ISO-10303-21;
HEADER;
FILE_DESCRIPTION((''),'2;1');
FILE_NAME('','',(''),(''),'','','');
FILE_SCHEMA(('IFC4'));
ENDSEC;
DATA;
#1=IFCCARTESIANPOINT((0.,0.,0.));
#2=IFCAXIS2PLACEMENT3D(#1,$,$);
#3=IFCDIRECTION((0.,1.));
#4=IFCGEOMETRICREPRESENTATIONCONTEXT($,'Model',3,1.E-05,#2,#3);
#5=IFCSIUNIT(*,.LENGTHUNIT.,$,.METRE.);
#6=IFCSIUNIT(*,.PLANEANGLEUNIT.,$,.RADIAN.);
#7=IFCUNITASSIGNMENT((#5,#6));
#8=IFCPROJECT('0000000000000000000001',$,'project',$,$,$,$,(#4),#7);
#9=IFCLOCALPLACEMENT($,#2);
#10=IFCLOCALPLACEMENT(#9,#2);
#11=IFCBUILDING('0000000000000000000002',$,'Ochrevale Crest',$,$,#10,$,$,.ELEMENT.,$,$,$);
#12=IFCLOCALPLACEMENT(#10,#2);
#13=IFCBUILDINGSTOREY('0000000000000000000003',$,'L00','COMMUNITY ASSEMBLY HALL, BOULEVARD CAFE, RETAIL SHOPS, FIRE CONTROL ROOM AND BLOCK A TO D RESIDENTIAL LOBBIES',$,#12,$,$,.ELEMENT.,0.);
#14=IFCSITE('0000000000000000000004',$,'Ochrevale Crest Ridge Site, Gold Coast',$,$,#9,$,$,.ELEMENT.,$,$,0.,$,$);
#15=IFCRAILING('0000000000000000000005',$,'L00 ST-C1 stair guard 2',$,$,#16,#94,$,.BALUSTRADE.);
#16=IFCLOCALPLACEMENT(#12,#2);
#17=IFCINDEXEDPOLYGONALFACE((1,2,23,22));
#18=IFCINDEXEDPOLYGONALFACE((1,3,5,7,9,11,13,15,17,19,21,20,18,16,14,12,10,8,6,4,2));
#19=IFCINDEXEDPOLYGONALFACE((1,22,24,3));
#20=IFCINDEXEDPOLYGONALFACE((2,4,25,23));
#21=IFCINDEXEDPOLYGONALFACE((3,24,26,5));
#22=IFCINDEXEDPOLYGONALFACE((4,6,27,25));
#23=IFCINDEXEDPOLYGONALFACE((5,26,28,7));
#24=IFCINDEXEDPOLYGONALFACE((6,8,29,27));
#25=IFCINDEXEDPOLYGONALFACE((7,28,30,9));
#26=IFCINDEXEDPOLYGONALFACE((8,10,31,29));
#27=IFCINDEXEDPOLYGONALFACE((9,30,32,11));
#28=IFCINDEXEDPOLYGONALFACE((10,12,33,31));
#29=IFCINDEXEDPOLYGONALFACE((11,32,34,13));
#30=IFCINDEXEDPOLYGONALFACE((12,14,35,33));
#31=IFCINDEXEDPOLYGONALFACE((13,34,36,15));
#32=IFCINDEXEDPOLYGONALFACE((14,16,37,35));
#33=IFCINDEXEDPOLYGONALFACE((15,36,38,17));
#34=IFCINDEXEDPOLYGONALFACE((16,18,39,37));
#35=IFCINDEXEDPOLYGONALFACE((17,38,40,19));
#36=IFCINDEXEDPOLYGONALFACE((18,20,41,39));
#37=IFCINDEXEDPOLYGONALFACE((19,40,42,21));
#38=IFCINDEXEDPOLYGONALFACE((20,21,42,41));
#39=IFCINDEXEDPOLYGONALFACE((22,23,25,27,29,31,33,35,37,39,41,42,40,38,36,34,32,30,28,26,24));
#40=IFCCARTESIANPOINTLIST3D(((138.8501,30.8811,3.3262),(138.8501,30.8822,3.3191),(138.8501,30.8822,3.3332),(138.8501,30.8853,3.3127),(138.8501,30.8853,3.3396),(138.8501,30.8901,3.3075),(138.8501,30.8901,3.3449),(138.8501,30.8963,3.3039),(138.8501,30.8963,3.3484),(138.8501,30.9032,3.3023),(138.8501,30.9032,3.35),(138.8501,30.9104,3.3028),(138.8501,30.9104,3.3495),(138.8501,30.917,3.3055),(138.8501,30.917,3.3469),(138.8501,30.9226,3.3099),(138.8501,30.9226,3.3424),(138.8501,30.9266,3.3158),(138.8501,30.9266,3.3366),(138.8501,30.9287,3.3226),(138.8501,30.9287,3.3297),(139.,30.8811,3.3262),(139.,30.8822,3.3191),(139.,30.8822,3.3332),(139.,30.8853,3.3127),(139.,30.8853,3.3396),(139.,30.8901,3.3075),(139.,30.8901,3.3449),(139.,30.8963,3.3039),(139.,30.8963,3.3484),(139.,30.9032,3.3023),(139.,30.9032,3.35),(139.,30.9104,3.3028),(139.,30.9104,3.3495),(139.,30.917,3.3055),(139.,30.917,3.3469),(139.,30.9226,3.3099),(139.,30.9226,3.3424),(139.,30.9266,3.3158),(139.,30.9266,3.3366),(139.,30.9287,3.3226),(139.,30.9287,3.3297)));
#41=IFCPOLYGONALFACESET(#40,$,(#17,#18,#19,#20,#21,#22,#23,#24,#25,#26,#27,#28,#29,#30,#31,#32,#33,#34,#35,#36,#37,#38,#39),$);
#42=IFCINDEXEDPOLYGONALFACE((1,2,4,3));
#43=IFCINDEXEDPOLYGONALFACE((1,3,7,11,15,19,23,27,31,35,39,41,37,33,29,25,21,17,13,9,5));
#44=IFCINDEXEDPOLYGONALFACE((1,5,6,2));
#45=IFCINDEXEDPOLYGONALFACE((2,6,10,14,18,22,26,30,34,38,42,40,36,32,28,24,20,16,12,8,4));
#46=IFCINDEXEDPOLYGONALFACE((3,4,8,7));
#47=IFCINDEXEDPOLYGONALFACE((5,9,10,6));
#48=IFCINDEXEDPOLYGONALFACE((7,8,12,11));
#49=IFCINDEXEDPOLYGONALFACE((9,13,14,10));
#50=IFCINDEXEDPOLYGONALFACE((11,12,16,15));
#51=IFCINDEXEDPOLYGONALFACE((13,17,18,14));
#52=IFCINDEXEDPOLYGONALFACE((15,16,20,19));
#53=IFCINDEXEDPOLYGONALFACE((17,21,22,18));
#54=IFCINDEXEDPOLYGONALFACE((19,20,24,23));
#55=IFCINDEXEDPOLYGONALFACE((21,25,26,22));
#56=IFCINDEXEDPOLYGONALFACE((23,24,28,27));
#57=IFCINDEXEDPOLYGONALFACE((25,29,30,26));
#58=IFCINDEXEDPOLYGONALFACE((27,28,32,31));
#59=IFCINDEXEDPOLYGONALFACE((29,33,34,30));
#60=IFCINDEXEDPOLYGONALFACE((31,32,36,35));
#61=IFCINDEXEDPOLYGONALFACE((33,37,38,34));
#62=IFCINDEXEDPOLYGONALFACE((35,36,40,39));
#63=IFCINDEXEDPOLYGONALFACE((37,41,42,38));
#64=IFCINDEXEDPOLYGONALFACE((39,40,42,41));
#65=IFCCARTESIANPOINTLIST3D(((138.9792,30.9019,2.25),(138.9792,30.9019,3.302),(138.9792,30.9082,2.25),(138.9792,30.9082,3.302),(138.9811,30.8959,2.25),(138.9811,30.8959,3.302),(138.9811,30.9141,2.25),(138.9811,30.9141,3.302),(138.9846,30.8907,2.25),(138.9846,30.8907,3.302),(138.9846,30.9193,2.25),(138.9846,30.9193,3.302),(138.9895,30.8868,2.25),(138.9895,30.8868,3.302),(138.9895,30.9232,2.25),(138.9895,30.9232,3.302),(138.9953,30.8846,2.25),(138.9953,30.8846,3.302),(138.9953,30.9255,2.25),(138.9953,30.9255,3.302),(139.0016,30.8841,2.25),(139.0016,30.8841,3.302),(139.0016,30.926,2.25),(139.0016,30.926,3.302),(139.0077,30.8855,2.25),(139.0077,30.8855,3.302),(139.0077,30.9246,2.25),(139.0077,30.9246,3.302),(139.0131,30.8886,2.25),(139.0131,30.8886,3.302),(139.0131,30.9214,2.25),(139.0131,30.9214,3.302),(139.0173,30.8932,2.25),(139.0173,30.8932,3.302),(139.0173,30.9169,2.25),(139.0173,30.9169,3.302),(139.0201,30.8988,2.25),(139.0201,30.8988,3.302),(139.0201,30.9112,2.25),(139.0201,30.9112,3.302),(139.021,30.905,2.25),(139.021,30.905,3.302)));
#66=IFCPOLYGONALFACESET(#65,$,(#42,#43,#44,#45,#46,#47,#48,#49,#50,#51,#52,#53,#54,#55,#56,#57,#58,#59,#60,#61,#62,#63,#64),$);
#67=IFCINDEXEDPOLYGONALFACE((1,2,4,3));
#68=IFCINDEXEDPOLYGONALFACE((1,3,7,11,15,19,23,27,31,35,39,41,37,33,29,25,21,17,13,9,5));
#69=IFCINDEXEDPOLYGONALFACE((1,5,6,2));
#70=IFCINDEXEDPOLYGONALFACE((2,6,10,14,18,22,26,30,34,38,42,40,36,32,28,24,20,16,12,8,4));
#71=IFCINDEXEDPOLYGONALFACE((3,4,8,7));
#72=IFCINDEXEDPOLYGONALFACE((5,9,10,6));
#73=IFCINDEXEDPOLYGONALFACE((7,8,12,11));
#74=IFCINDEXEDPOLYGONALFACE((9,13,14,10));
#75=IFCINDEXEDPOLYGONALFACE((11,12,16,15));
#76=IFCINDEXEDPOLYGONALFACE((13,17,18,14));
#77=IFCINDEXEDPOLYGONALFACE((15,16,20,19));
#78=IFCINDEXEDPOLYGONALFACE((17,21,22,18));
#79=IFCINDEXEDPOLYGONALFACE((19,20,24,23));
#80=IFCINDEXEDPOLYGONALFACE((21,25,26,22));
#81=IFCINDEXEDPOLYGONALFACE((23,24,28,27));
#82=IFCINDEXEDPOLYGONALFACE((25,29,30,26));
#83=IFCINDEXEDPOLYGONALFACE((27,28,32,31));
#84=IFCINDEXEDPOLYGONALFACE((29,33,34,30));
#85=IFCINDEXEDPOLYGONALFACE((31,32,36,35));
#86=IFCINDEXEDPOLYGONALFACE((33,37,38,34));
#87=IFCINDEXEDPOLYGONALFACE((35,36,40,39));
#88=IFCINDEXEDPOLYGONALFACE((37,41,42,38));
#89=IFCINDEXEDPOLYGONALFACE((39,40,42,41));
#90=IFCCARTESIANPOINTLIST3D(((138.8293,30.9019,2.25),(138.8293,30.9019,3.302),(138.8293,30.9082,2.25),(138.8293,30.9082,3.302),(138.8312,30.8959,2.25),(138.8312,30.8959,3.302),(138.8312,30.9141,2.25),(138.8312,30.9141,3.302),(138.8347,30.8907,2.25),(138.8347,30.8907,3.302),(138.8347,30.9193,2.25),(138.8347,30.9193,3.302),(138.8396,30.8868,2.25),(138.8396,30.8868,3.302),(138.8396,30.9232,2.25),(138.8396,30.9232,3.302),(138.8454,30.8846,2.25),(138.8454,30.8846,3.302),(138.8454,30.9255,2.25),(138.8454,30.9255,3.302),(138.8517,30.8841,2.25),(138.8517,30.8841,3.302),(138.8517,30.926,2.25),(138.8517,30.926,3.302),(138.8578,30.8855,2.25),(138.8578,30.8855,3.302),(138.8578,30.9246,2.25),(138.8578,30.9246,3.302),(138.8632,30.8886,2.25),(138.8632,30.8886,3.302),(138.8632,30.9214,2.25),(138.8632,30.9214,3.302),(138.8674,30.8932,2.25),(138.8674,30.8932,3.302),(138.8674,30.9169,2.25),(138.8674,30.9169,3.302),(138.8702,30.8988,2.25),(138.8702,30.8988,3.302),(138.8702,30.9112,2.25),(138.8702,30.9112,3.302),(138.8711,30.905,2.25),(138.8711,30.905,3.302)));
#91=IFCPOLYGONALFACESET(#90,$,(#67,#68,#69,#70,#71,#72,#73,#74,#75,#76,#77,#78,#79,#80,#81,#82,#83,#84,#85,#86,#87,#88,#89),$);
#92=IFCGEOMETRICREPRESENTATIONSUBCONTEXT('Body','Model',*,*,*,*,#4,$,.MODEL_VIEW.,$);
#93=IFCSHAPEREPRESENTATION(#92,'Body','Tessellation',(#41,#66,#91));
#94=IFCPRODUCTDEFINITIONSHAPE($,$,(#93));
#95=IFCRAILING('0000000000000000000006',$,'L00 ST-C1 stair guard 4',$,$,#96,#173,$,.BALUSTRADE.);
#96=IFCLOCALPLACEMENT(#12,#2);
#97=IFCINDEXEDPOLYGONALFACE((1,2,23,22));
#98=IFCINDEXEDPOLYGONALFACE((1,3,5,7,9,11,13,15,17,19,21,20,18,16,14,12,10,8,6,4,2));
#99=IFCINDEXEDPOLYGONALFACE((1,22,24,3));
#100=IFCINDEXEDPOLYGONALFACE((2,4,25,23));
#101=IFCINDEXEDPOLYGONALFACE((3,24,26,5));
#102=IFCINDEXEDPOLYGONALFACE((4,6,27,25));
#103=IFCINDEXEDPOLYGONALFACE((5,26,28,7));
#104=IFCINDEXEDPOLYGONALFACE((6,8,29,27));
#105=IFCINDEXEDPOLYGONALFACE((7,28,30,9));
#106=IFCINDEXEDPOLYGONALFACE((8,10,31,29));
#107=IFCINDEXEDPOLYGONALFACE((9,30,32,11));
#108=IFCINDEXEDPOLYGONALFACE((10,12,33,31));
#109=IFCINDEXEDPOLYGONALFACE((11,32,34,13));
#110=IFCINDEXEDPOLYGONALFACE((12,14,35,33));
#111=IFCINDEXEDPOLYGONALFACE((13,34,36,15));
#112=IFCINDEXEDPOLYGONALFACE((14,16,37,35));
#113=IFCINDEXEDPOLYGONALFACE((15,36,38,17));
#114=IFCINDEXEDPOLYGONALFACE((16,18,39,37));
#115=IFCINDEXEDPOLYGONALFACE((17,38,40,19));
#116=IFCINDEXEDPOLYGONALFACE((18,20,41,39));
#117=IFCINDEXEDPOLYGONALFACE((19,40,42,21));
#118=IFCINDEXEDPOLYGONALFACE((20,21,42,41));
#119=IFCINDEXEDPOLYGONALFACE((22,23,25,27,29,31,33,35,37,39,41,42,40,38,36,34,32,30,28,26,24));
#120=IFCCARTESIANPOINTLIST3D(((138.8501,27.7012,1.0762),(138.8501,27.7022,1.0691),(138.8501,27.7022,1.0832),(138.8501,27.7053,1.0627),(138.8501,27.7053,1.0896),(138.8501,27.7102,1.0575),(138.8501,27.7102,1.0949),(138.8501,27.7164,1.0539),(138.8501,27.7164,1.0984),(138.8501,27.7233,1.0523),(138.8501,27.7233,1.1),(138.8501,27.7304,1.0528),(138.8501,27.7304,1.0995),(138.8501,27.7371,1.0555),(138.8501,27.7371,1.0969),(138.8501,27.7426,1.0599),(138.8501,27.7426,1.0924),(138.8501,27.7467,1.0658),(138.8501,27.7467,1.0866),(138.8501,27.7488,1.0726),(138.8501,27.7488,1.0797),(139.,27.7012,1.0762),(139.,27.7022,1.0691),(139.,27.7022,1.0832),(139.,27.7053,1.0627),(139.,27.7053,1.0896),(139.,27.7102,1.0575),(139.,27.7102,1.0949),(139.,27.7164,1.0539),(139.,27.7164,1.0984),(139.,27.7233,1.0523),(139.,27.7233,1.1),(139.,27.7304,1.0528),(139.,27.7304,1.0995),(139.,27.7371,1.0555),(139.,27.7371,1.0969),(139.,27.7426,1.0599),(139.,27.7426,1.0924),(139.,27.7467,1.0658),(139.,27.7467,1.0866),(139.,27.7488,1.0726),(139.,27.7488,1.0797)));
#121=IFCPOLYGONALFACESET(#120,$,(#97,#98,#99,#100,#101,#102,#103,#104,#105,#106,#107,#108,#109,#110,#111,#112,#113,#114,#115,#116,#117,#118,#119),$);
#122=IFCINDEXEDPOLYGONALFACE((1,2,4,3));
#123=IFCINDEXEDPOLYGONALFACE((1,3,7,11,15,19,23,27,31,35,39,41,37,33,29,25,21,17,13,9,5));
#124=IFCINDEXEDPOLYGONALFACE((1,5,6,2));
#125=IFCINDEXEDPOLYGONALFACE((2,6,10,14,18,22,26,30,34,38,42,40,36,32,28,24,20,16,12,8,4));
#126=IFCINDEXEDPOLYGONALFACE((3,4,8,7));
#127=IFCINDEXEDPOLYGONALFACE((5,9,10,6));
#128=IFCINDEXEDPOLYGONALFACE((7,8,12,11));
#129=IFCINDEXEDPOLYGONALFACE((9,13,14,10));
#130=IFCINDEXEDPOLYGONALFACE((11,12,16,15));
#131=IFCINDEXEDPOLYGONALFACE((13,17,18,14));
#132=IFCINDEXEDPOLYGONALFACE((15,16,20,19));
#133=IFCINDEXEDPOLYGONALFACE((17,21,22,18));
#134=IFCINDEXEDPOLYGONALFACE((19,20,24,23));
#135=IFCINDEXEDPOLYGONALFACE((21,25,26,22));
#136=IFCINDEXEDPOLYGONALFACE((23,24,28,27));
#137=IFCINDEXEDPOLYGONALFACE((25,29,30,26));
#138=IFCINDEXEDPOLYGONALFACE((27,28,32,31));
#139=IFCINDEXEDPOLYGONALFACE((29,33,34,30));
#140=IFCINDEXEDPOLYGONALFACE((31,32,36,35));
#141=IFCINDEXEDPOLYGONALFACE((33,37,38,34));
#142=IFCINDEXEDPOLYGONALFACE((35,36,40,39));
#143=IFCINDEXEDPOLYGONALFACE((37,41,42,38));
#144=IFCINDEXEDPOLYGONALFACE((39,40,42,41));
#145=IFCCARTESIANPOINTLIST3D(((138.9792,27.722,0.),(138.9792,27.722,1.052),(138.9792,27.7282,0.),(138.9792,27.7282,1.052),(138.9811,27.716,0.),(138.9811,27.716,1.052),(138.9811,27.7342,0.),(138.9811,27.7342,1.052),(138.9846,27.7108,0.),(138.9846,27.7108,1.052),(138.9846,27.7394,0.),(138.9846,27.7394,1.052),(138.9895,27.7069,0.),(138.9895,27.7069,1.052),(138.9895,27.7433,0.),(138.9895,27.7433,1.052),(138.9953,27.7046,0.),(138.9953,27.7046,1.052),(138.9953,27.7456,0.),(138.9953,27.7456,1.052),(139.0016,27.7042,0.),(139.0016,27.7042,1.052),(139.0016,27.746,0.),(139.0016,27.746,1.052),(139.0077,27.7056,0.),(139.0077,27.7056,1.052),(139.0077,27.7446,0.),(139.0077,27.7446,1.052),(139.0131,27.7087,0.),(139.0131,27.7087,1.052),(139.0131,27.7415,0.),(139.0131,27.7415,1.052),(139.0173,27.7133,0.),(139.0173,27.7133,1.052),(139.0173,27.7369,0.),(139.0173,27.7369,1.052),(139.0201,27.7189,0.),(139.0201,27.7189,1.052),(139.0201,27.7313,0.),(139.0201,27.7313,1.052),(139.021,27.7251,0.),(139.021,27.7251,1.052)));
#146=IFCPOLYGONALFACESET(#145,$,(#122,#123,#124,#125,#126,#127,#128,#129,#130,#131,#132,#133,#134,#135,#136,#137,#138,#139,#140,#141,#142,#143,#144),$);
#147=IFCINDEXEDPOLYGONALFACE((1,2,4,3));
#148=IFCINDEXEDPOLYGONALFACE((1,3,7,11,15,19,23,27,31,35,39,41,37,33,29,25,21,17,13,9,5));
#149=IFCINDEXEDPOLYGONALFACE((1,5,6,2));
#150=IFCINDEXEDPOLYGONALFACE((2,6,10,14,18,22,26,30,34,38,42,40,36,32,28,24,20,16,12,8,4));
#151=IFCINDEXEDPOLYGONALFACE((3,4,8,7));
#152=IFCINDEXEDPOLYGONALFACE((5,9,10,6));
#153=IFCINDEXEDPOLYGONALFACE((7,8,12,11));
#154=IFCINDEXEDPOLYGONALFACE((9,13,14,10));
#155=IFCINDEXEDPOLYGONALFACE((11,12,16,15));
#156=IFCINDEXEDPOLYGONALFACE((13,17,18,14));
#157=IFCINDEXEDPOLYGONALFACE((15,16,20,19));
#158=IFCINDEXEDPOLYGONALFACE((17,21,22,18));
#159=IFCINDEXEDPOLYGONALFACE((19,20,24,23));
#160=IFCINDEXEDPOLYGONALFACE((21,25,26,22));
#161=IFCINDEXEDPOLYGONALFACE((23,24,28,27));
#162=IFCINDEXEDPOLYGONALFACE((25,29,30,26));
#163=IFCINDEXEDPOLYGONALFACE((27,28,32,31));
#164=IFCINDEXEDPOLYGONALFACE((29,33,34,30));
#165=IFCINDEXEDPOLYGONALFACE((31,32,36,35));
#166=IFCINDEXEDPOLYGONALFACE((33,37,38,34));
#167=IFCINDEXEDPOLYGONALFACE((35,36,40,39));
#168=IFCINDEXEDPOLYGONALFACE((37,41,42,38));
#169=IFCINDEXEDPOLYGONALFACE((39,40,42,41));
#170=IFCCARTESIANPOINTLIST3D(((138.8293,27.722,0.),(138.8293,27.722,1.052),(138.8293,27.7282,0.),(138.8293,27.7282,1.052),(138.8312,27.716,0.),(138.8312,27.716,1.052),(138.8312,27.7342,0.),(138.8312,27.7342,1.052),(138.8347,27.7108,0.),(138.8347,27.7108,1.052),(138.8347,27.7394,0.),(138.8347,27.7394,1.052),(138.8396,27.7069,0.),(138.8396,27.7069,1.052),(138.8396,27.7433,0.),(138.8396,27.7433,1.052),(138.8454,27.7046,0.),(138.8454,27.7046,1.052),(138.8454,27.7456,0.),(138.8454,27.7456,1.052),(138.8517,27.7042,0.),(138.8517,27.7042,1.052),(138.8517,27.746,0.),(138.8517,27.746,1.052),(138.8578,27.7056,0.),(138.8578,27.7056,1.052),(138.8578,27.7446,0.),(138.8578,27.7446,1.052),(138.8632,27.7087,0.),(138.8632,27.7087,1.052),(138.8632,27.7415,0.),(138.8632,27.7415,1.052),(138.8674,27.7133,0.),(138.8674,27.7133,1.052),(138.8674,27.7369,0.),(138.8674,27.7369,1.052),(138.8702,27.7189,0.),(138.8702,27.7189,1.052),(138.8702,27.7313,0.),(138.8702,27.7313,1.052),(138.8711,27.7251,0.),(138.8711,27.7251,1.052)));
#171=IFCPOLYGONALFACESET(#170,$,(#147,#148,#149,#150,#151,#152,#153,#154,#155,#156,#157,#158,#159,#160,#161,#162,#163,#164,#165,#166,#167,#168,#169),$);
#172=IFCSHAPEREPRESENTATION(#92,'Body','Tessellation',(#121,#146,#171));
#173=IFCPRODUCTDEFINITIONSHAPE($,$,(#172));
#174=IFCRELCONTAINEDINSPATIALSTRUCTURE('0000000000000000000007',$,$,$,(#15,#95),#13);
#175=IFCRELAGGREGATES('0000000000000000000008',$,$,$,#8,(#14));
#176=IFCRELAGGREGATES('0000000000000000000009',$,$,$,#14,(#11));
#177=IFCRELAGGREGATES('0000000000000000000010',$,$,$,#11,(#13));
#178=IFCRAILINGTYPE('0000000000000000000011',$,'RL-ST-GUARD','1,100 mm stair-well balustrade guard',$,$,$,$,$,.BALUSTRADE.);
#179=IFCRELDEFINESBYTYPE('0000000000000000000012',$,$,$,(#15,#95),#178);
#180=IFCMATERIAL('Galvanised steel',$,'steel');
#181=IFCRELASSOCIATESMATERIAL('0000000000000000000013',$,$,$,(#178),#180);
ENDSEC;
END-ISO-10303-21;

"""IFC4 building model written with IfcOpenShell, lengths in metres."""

from ifc_helpers import new_model, si_unit, direction, frame, origin, origin_2d, place, context, subcontext, project, spatial, circle, extrude, material, type_object, element, save


model = new_model("IFC4")

# Units and contexts
model_context = context("Model", 3, precision=1e-05, world=origin(), true_north=direction((0.0, 1.0)))
body_context = subcontext(model_context, "Body", "Model", "MODEL_VIEW")
ifc_project = project(units=[si_unit("LENGTHUNIT", "METRE"), si_unit("PLANEANGLEUNIT", "RADIAN")], contexts=[model_context])

# Site, building, storey
site_placement = place(None, origin())
site = spatial("IfcSite", under=ifc_project, at=site_placement, Name="Ochrevale Crest Ridge Site, Gold Coast", CompositionType="ELEMENT", RefElevation=0.0)
building_placement = place(site_placement, origin())
building = spatial("IfcBuilding", under=site, at=building_placement, Name="Ochrevale Crest", CompositionType="ELEMENT")
storey_placement = place(building_placement, origin())
storey = spatial("IfcBuildingStorey", under=building, at=storey_placement, Name="L00", Description="COMMUNITY ASSEMBLY HALL, BOULEVARD CAFE, RETAIL SHOPS, FIRE CONTROL ROOM AND BLOCK A TO D RESIDENTIAL LOBBIES", CompositionType="ELEMENT", Elevation=0.0)

# Railings
ifc_material_1 = material(Name="Galvanised steel", Category="steel")
railing_type_1 = type_object("IfcRailingType", Name="RL-ST-GUARD", Description="1,100 mm stair-well balustrade guard", PredefinedType="BALUSTRADE", material=ifc_material_1)
for number, where, name in (
    (1, (139.0, 30.905, 2.25), "L00 ST-C1 stair guard 2"),
    (2, (139.0, 27.7251, 0.0), "L00 ST-C1 stair guard 4"),
):
    element("IfcRailing", number, at=place(storey_placement, frame(where)), inside=storey, type_object=railing_type_1, Name=name, PredefinedType="BALUSTRADE", context=body_context, shape_type="SweptSolid", body=[
        extrude(circle(Radius=0.0239, at=origin_2d()), frame((0.0, 0.0, 1.0762), z_axis=(-1.0, 0.0, 0.0), x_axis=(0.0, -1.0, 0.0)), (0.0, 0.0, 1.0), 0.1499),
        extrude(circle(Radius=0.021, at=origin_2d()), origin(), (0.0, 0.0, 1.0), 1.052),
        extrude(circle(Radius=0.021, at=origin_2d()), frame((-0.1499, 0.0, 0.0)), (0.0, 0.0, 1.0), 1.052),
    ])

save(model, "model.ifc")
